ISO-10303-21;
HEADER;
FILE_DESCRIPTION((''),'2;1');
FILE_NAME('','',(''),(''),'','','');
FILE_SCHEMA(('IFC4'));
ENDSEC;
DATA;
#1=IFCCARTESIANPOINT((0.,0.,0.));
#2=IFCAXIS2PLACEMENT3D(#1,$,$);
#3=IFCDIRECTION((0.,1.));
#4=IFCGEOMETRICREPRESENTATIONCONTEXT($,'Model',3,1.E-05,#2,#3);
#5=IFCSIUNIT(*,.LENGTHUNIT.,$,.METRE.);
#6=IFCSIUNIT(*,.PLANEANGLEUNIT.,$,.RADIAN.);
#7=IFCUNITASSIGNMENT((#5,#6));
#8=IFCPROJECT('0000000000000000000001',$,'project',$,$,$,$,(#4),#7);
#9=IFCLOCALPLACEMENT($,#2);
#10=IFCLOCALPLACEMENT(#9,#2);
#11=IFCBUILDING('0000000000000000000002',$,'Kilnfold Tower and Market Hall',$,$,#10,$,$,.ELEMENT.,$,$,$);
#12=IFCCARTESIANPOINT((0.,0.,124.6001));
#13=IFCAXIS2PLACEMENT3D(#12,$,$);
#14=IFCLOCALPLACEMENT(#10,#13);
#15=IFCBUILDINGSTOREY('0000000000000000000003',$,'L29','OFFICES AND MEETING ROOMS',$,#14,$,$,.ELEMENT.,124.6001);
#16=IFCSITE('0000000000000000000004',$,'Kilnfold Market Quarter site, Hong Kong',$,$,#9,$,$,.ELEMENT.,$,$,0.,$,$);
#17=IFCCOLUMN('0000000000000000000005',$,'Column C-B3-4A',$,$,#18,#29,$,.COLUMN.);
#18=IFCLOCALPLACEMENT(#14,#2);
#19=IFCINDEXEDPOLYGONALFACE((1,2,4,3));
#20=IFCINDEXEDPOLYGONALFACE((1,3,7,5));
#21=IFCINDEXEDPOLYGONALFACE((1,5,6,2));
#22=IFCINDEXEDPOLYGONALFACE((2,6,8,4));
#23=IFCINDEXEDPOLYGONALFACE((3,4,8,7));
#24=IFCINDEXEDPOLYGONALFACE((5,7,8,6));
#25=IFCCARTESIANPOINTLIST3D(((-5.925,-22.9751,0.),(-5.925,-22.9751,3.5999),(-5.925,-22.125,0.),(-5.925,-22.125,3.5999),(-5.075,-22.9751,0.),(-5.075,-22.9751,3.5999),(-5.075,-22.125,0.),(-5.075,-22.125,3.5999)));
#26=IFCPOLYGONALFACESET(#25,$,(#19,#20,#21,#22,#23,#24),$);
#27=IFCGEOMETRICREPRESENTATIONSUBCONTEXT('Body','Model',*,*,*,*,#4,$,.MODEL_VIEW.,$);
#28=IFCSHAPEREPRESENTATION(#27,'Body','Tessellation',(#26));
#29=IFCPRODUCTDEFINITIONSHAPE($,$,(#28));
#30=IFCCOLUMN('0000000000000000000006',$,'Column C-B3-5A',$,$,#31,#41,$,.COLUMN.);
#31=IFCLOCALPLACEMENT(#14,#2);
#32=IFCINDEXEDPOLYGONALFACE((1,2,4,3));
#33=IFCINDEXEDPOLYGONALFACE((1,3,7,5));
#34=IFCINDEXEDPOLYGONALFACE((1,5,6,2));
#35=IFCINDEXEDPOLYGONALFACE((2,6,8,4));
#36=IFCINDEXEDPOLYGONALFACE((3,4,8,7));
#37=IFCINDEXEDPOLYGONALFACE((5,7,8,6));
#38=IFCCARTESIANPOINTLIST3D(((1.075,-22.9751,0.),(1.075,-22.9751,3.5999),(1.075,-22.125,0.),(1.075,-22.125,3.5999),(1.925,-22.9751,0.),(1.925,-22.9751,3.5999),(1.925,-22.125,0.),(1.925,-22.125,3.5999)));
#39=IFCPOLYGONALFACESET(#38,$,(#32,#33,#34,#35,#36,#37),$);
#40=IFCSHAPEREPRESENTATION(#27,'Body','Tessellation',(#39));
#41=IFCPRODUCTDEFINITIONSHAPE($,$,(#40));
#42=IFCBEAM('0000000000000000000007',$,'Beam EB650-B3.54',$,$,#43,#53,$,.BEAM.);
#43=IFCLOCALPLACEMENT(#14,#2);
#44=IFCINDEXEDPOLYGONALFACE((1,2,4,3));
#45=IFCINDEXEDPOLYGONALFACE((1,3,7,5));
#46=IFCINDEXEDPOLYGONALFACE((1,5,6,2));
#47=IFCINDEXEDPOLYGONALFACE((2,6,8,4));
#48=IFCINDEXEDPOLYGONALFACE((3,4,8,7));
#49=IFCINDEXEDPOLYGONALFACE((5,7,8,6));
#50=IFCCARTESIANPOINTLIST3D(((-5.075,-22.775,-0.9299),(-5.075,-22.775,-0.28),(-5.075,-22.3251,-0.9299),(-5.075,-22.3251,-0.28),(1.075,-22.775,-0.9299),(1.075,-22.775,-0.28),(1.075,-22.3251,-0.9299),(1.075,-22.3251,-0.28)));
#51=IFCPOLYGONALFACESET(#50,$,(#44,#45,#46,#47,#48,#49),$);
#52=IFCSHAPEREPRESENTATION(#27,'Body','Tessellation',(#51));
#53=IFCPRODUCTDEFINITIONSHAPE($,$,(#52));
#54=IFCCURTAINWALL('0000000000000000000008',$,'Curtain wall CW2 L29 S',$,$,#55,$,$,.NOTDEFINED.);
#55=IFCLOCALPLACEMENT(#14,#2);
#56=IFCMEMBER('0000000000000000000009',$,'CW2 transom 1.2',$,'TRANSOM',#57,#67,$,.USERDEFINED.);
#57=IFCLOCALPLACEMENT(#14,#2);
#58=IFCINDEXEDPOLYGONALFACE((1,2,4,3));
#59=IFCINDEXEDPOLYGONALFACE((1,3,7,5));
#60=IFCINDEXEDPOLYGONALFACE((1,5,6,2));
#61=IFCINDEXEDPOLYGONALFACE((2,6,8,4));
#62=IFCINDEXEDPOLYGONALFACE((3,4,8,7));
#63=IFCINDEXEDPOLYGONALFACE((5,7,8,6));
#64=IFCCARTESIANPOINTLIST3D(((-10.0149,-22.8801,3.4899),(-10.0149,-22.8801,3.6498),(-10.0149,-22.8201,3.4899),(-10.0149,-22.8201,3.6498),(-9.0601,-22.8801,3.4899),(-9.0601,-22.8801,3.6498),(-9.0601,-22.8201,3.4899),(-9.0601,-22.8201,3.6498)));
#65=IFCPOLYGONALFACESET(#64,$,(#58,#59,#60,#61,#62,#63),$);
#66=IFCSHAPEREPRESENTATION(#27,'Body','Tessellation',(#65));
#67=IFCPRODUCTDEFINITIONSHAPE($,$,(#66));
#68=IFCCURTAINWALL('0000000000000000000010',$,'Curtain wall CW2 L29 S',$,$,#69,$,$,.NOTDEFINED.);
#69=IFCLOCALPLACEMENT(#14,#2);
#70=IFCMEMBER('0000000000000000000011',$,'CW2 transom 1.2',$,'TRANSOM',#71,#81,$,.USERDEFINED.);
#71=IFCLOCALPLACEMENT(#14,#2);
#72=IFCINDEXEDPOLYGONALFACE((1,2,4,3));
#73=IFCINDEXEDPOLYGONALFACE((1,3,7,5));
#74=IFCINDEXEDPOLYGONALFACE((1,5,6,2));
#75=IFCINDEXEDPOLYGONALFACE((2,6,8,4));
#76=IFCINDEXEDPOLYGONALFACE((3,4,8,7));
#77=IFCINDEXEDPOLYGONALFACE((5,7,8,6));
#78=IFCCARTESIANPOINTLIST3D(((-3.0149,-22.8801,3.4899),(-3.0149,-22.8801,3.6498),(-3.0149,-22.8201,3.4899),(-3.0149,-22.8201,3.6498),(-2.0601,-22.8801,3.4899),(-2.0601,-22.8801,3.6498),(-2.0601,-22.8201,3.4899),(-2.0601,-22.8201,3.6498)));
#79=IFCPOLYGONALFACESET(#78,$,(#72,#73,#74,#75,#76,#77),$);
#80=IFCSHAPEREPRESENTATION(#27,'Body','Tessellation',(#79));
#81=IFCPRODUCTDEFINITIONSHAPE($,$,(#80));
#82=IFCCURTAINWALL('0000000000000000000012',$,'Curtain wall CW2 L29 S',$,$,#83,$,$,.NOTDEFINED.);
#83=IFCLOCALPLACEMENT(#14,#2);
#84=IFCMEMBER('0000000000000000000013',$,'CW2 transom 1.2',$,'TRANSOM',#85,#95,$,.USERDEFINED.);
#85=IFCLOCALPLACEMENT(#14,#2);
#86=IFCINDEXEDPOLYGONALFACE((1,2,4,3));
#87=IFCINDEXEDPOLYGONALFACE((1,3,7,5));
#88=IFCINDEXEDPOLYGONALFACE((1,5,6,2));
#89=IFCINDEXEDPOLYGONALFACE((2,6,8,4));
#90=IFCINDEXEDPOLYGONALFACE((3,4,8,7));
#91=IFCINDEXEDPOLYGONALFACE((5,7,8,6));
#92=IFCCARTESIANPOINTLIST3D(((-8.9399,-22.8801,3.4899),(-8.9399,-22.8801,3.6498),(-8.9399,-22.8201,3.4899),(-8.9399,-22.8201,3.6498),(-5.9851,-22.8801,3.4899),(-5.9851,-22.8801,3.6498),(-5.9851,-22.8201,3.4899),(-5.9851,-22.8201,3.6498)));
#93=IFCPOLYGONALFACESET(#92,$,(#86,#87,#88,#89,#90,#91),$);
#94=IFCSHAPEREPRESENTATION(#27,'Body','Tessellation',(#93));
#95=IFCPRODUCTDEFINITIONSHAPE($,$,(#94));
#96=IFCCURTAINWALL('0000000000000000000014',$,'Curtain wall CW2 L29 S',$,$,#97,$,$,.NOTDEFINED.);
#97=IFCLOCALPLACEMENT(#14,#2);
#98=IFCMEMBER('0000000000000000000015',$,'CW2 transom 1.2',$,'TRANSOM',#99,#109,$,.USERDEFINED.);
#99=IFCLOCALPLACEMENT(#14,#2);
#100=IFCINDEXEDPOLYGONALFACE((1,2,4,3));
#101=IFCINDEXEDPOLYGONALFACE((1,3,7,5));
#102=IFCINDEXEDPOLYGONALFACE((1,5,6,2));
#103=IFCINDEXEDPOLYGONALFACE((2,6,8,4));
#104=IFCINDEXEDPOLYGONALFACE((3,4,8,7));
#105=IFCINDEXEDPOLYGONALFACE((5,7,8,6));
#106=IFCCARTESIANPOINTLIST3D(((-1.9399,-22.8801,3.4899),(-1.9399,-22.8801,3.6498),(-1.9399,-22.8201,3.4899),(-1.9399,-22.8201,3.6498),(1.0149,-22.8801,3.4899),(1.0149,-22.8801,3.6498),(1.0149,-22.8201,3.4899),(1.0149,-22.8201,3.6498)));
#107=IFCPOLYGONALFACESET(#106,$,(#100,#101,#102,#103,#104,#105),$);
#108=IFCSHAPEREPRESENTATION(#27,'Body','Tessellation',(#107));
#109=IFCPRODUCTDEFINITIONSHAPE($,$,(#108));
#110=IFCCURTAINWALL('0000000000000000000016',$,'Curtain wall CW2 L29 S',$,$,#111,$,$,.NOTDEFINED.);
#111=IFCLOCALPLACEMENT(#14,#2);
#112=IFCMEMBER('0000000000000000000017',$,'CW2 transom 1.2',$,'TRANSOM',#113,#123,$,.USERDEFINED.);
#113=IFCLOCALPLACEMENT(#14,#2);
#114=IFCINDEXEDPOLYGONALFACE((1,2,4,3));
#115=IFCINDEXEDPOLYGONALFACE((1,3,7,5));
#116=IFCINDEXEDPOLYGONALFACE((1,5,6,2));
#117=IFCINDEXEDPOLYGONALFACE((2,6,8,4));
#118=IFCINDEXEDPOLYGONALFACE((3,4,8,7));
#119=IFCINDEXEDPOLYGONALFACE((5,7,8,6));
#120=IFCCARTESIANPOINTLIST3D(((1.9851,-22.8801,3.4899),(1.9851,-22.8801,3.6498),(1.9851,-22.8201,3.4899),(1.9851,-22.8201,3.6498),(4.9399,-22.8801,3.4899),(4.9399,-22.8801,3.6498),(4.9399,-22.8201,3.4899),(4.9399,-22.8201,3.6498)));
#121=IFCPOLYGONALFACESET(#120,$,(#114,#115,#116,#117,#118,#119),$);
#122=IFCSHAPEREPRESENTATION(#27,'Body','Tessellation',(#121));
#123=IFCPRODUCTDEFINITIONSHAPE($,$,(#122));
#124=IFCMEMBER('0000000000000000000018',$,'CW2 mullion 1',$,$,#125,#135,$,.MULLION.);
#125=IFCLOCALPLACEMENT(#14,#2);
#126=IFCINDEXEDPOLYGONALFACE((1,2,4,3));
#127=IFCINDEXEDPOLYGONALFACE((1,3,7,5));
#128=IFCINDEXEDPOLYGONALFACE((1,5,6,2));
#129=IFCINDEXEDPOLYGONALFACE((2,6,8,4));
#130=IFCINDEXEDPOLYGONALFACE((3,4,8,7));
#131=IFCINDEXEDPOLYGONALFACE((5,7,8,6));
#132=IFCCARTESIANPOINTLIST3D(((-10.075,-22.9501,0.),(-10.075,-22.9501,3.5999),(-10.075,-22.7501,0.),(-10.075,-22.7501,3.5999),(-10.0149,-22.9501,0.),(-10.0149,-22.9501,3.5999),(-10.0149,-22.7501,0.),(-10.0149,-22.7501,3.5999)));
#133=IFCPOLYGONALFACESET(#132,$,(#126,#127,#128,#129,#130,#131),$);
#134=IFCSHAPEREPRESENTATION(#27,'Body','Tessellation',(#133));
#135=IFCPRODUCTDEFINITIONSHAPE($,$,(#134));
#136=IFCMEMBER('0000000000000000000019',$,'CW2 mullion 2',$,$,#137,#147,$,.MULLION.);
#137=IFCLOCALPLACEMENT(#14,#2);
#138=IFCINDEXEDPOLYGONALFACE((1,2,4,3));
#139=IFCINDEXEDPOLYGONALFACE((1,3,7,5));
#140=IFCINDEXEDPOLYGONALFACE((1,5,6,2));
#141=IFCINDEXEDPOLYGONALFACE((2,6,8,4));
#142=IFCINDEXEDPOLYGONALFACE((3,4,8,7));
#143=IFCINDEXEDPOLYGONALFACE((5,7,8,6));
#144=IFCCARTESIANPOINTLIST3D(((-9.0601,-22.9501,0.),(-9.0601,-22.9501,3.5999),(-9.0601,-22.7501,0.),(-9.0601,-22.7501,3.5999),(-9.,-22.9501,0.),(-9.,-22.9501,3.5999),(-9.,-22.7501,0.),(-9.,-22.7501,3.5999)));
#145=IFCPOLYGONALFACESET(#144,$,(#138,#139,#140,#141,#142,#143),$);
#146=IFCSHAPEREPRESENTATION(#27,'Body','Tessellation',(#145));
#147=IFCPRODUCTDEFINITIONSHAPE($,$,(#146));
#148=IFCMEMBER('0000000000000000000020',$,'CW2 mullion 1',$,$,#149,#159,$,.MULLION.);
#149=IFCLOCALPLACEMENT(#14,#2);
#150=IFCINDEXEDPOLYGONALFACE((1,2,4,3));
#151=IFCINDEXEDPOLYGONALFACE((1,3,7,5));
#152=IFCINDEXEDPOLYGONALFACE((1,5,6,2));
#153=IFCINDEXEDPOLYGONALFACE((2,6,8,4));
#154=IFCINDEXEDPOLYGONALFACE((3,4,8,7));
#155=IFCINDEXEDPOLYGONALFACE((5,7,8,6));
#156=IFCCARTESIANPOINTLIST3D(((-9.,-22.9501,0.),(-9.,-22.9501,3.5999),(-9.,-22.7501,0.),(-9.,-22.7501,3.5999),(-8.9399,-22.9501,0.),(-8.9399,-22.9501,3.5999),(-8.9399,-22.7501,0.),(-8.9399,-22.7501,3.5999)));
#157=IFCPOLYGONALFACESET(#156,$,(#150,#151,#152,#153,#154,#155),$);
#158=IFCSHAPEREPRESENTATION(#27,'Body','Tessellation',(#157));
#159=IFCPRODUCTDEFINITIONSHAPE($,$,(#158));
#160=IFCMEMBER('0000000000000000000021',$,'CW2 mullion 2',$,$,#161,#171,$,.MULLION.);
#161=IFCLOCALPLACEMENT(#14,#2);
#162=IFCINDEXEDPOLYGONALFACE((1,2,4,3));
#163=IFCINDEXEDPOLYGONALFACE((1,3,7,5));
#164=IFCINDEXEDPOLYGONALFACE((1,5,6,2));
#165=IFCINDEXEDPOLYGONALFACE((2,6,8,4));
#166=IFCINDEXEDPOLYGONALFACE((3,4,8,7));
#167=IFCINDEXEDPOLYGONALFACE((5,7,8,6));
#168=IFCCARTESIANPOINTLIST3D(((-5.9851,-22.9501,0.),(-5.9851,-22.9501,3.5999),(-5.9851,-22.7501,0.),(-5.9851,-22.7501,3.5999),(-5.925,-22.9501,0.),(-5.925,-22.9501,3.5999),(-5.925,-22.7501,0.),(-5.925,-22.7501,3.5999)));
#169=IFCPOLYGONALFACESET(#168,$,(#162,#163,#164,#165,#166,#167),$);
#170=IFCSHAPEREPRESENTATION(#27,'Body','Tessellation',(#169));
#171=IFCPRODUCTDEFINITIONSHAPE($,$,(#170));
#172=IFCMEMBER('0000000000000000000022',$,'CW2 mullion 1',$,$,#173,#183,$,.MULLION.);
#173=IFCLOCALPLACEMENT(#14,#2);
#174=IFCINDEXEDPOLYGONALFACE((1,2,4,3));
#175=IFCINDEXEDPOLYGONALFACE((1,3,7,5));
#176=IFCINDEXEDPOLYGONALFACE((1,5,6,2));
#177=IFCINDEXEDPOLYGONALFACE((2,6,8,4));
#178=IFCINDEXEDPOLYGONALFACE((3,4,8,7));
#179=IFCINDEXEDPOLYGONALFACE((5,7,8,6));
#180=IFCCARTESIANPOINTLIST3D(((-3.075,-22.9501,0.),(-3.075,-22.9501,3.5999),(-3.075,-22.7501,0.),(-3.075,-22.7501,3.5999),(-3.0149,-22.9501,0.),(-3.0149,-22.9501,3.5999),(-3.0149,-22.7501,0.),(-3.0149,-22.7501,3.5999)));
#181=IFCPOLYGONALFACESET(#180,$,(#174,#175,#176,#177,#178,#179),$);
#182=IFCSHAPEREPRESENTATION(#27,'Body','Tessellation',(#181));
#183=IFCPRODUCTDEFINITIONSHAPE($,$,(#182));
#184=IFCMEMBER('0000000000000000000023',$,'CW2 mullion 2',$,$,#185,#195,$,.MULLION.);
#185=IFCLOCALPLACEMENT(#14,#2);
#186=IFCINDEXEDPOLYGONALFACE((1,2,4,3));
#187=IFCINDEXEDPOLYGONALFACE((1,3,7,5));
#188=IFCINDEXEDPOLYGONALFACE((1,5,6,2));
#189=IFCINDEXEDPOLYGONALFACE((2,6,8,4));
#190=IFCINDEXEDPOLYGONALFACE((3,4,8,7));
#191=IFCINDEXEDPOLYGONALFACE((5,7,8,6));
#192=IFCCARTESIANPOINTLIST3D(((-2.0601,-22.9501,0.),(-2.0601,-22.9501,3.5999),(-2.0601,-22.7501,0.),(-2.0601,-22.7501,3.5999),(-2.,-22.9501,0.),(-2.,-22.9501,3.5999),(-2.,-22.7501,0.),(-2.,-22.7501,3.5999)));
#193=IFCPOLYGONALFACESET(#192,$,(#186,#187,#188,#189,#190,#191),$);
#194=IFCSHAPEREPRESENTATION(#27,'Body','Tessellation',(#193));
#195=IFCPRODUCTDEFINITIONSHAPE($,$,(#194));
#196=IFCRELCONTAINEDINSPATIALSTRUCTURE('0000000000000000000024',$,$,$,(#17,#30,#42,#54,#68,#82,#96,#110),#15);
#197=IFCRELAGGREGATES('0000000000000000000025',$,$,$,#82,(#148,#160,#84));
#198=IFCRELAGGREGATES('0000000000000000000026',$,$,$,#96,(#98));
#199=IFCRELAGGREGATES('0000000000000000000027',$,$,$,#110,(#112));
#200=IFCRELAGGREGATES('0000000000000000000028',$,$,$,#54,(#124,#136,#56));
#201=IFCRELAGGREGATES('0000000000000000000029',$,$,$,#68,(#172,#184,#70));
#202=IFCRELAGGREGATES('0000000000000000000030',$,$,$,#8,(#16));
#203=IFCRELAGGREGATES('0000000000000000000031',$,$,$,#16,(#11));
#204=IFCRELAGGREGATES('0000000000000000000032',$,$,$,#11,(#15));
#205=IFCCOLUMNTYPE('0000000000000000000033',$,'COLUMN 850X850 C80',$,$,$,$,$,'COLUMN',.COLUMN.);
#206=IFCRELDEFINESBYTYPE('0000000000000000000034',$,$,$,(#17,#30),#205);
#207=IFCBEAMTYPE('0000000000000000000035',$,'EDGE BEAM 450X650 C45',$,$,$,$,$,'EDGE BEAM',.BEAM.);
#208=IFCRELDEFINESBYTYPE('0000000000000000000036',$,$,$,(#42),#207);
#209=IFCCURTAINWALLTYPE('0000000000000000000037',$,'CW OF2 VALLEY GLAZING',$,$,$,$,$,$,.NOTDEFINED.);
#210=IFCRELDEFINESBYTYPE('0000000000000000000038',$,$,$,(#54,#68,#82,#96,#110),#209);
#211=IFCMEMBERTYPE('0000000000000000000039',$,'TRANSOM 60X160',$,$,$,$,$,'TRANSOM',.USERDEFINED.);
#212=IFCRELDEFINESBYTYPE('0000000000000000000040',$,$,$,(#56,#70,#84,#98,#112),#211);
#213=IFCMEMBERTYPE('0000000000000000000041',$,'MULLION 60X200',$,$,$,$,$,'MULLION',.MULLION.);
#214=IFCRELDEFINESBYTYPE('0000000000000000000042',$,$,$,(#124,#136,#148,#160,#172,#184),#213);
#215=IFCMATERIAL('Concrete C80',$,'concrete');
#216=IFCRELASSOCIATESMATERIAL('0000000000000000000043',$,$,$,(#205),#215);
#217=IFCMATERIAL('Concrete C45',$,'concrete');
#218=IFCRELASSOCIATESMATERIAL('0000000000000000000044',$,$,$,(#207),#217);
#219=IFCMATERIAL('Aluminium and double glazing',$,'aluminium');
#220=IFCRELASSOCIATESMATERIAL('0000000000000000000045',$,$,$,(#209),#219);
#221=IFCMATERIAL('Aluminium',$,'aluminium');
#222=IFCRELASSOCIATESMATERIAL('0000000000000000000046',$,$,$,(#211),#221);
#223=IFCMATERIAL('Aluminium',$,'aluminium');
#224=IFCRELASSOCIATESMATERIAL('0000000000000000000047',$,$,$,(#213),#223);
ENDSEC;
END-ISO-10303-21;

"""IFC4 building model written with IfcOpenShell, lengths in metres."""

from ifc_helpers import new_model, si_unit, direction, frame, origin, origin_2d, place, context, subcontext, project, spatial, rectangle, extrude, source, transform, mapped, material, material_profile, profile_set, type_object, element, aggregate, save


model = new_model("IFC4")

# Units and contexts
model_context = context("Model", 3, precision=1e-05, world=origin(), true_north=direction((0.0, 1.0)))
body_context = subcontext(model_context, "Body", "Model", "MODEL_VIEW")
ifc_project = project(units=[si_unit("LENGTHUNIT", "METRE"), si_unit("PLANEANGLEUNIT", "RADIAN")], contexts=[model_context])

# Site, building, storey
site_placement = place(None, origin())
site = spatial("IfcSite", under=ifc_project, at=site_placement, Name="Kilnfold Market Quarter site, Hong Kong", CompositionType="ELEMENT", RefElevation=0.0)
building_placement = place(site_placement, origin())
building = spatial("IfcBuilding", under=site, at=building_placement, Name="Kilnfold Tower and Market Hall", CompositionType="ELEMENT")
storey_placement = place(building_placement, frame((0.0, 0.0, 124.6001)))
storey = spatial("IfcBuildingStorey", under=building, at=storey_placement, Name="L29", Description="OFFICES AND MEETING ROOMS", CompositionType="ELEMENT", Elevation=124.6001)

# Columns
ifc_material_1 = material(Name="Concrete C80", Category="concrete")
ifc_material_profile_1 = material_profile(ifc_material_1, rectangle(XDim=0.8501, YDim=0.8501, at=origin_2d()), Name="RC 850x850")
ifc_profile_set_1 = profile_set([ifc_material_profile_1], Name="Concrete C80")
column_type = type_object("IfcColumnType", Name="COLUMN 850X850 C80", ElementType="COLUMN", PredefinedType="COLUMN", material=ifc_profile_set_1)
shared_shape_1 = source(origin(), body_context, "Body", "SweptSolid", [
    extrude(rectangle(XDim=0.8501, YDim=0.8501, at=origin_2d()), origin(), (0.0, 0.0, 1.0), 3.5999),
])
for number, where, z_axis, x_axis, name in (
    (1, (-5.5, -22.55, 0.0), (0.0, 0.0, 1.0), (1.0, 0.0, 0.0), "Column C-B3-4A"),
    (2, (1.5, -22.55, 0.0), (0.0, 0.0, 1.0), (1.0, 0.0, 0.0), "Column C-B3-5A"),
):
    element("IfcColumn", number, at=place(storey_placement, frame(where, z_axis=z_axis, x_axis=x_axis)), inside=storey, type_object=column_type, Name=name, PredefinedType="COLUMN", context=body_context, shape_type="MappedRepresentation", body=[
        mapped(shared_shape_1, transform((0.0, 0.0, 0.0))),
    ])

# Beam
ifc_material_2 = material(Name="Concrete C45", Category="concrete")
ifc_material_profile_2 = material_profile(ifc_material_2, rectangle(XDim=0.45, YDim=0.6499, at=origin_2d()), Name="RC 450x650")
ifc_profile_set_2 = profile_set([ifc_material_profile_2], Name="Concrete C45")
beam_type = type_object("IfcBeamType", Name="EDGE BEAM 450X650 C45", ElementType="EDGE BEAM", PredefinedType="BEAM", material=ifc_profile_set_2)
shared_shape_2 = source(origin(), body_context, "Body", "SweptSolid", [
    extrude(rectangle(XDim=0.45, YDim=0.6499, at=origin_2d()), origin(), (0.0, 0.0, 1.0), 6.1499),
])
beam_placement = place(storey_placement, frame((-5.075, -22.55, -0.605), z_axis=(1.0, 0.0, 0.0), x_axis=(0.0, 1.0, 0.0)))
element("IfcBeam", 3, at=beam_placement, inside=storey, type_object=beam_type, Name="Beam EB650-B3.54", PredefinedType="BEAM", context=body_context, shape_type="MappedRepresentation", body=[
    mapped(shared_shape_2, transform((0.0, 0.0, 0.0))),
])

# Curtain walls, members
ifc_material_3 = material(Name="Aluminium and double glazing", Category="aluminium")
curtain_wall_type = type_object("IfcCurtainWallType", Name="CW OF2 VALLEY GLAZING", PredefinedType="NOTDEFINED", material=ifc_material_3)
curtain_wall_1_placement = place(storey_placement, origin())
curtain_wall_1 = element("IfcCurtainWall", 4, at=curtain_wall_1_placement, inside=storey, type_object=curtain_wall_type, Name="Curtain wall CW2 L29 S", PredefinedType="NOTDEFINED")
ifc_material_4 = material(Name="Aluminium", Category="aluminium")
ifc_material_profile_3 = material_profile(ifc_material_4, rectangle(XDim=0.0601, YDim=0.1599, at=origin_2d()), Name="TRANSOM 60x160")
ifc_profile_set_3 = profile_set([ifc_material_profile_3], Name="Aluminium")
member_type_1 = type_object("IfcMemberType", Name="TRANSOM 60X160", ElementType="TRANSOM", PredefinedType="USERDEFINED", material=ifc_profile_set_3)
shared_shape_3 = source(origin(), body_context, "Body", "SweptSolid", [
    extrude(rectangle(XDim=0.0601, YDim=0.1599, at=origin_2d()), origin(), (0.0, 0.0, 1.0), 0.9548),
])
member_1_placement = place(storey_placement, frame((-10.0149, -22.8501, 3.5698), z_axis=(1.0, 0.0, 0.0), x_axis=(0.0, 1.0, 0.0)))
member_1 = element("IfcMember", 5, at=member_1_placement, type_object=member_type_1, Name="CW2 transom 1.2", ObjectType="TRANSOM", PredefinedType="USERDEFINED", context=body_context, shape_type="MappedRepresentation", body=[
    mapped(shared_shape_3, transform((0.0, 0.0, 0.0))),
])
curtain_wall_2_placement = place(storey_placement, origin())
curtain_wall_2 = element("IfcCurtainWall", 6, at=curtain_wall_2_placement, inside=storey, type_object=curtain_wall_type, Name="Curtain wall CW2 L29 S", PredefinedType="NOTDEFINED")
member_2_placement = place(storey_placement, frame((-3.0149, -22.8501, 3.5698), z_axis=(1.0, 0.0, 0.0), x_axis=(0.0, 1.0, 0.0)))
member_2 = element("IfcMember", 7, at=member_2_placement, type_object=member_type_1, Name="CW2 transom 1.2", ObjectType="TRANSOM", PredefinedType="USERDEFINED", context=body_context, shape_type="MappedRepresentation", body=[
    mapped(shared_shape_3, transform((0.0, 0.0, 0.0))),
])
curtain_wall_3_placement = place(storey_placement, origin())
curtain_wall_3 = element("IfcCurtainWall", 8, at=curtain_wall_3_placement, inside=storey, type_object=curtain_wall_type, Name="Curtain wall CW2 L29 S", PredefinedType="NOTDEFINED")
shared_shape_4 = source(origin(), body_context, "Body", "SweptSolid", [
    extrude(rectangle(XDim=0.0601, YDim=0.1599, at=origin_2d()), origin(), (0.0, 0.0, 1.0), 2.9548),
])
member_3_placement = place(storey_placement, frame((-8.9399, -22.8501, 3.5698), z_axis=(1.0, 0.0, 0.0), x_axis=(0.0, 1.0, 0.0)))
member_3 = element("IfcMember", 9, at=member_3_placement, type_object=member_type_1, Name="CW2 transom 1.2", ObjectType="TRANSOM", PredefinedType="USERDEFINED", context=body_context, shape_type="MappedRepresentation", body=[
    mapped(shared_shape_4, transform((0.0, 0.0, 0.0))),
])
curtain_wall_4_placement = place(storey_placement, origin())
curtain_wall_4 = element("IfcCurtainWall", 10, at=curtain_wall_4_placement, inside=storey, type_object=curtain_wall_type, Name="Curtain wall CW2 L29 S", PredefinedType="NOTDEFINED")
member_4_placement = place(storey_placement, frame((-1.9399, -22.8501, 3.5698), z_axis=(1.0, 0.0, 0.0), x_axis=(0.0, 1.0, 0.0)))
member_4 = element("IfcMember", 11, at=member_4_placement, type_object=member_type_1, Name="CW2 transom 1.2", ObjectType="TRANSOM", PredefinedType="USERDEFINED", context=body_context, shape_type="MappedRepresentation", body=[
    mapped(shared_shape_4, transform((0.0, 0.0, 0.0))),
])
curtain_wall_5_placement = place(storey_placement, origin())
curtain_wall_5 = element("IfcCurtainWall", 12, at=curtain_wall_5_placement, inside=storey, type_object=curtain_wall_type, Name="Curtain wall CW2 L29 S", PredefinedType="NOTDEFINED")
member_5_placement = place(storey_placement, frame((1.9851, -22.8501, 3.5698), z_axis=(1.0, 0.0, 0.0), x_axis=(0.0, 1.0, 0.0)))
member_5 = element("IfcMember", 13, at=member_5_placement, type_object=member_type_1, Name="CW2 transom 1.2", ObjectType="TRANSOM", PredefinedType="USERDEFINED", context=body_context, shape_type="MappedRepresentation", body=[
    mapped(shared_shape_4, transform((0.0, 0.0, 0.0))),
])

# Members
ifc_material_5 = material(Name="Aluminium", Category="aluminium")
ifc_material_profile_4 = material_profile(ifc_material_5, rectangle(XDim=0.0601, YDim=0.2, at=origin_2d()), Name="MULLION 60x200")
ifc_profile_set_4 = profile_set([ifc_material_profile_4], Name="Aluminium")
member_type_2 = type_object("IfcMemberType", Name="MULLION 60X200", ElementType="MULLION", PredefinedType="MULLION", material=ifc_profile_set_4)
shared_shape_5 = source(origin(), body_context, "Body", "SweptSolid", [
    extrude(rectangle(XDim=0.0601, YDim=0.2, at=origin_2d()), origin(), (0.0, 0.0, 1.0), 3.5999),
])
member_6_placement = place(storey_placement, frame((-10.0449, -22.8501, 0.0), z_axis=(0.0, 0.0, 1.0), x_axis=(1.0, 0.0, 0.0)))
member_6 = element("IfcMember", 14, at=member_6_placement, type_object=member_type_2, Name="CW2 mullion 1", PredefinedType="MULLION", context=body_context, shape_type="MappedRepresentation", body=[
    mapped(shared_shape_5, transform((0.0, 0.0, 0.0))),
])
member_7_placement = place(storey_placement, frame((-9.03, -22.8501, 0.0), z_axis=(0.0, 0.0, 1.0), x_axis=(1.0, 0.0, 0.0)))
member_7 = element("IfcMember", 15, at=member_7_placement, type_object=member_type_2, Name="CW2 mullion 2", PredefinedType="MULLION", context=body_context, shape_type="MappedRepresentation", body=[
    mapped(shared_shape_5, transform((0.0, 0.0, 0.0))),
])
member_8_placement = place(storey_placement, frame((-8.97, -22.8501, 0.0), z_axis=(0.0, 0.0, 1.0), x_axis=(1.0, 0.0, 0.0)))
member_8 = element("IfcMember", 16, at=member_8_placement, type_object=member_type_2, Name="CW2 mullion 1", PredefinedType="MULLION", context=body_context, shape_type="MappedRepresentation", body=[
    mapped(shared_shape_5, transform((0.0, 0.0, 0.0))),
])
member_9_placement = place(storey_placement, frame((-5.9551, -22.8501, 0.0), z_axis=(0.0, 0.0, 1.0), x_axis=(1.0, 0.0, 0.0)))
member_9 = element("IfcMember", 17, at=member_9_placement, type_object=member_type_2, Name="CW2 mullion 2", PredefinedType="MULLION", context=body_context, shape_type="MappedRepresentation", body=[
    mapped(shared_shape_5, transform((0.0, 0.0, 0.0))),
])
member_10_placement = place(storey_placement, frame((-3.0449, -22.8501, 0.0), z_axis=(0.0, 0.0, 1.0), x_axis=(1.0, 0.0, 0.0)))
member_10 = element("IfcMember", 18, at=member_10_placement, type_object=member_type_2, Name="CW2 mullion 1", PredefinedType="MULLION", context=body_context, shape_type="MappedRepresentation", body=[
    mapped(shared_shape_5, transform((0.0, 0.0, 0.0))),
])
member_11_placement = place(storey_placement, frame((-2.03, -22.8501, 0.0), z_axis=(0.0, 0.0, 1.0), x_axis=(1.0, 0.0, 0.0)))
member_11 = element("IfcMember", 19, at=member_11_placement, type_object=member_type_2, Name="CW2 mullion 2", PredefinedType="MULLION", context=body_context, shape_type="MappedRepresentation", body=[
    mapped(shared_shape_5, transform((0.0, 0.0, 0.0))),
])

aggregate(curtain_wall_3, [member_8, member_9, member_3])
aggregate(curtain_wall_4, [member_4])
aggregate(curtain_wall_5, [member_5])
aggregate(curtain_wall_1, [member_6, member_7, member_1])
aggregate(curtain_wall_2, [member_10, member_11, member_2])

save(model, "model.ifc")
